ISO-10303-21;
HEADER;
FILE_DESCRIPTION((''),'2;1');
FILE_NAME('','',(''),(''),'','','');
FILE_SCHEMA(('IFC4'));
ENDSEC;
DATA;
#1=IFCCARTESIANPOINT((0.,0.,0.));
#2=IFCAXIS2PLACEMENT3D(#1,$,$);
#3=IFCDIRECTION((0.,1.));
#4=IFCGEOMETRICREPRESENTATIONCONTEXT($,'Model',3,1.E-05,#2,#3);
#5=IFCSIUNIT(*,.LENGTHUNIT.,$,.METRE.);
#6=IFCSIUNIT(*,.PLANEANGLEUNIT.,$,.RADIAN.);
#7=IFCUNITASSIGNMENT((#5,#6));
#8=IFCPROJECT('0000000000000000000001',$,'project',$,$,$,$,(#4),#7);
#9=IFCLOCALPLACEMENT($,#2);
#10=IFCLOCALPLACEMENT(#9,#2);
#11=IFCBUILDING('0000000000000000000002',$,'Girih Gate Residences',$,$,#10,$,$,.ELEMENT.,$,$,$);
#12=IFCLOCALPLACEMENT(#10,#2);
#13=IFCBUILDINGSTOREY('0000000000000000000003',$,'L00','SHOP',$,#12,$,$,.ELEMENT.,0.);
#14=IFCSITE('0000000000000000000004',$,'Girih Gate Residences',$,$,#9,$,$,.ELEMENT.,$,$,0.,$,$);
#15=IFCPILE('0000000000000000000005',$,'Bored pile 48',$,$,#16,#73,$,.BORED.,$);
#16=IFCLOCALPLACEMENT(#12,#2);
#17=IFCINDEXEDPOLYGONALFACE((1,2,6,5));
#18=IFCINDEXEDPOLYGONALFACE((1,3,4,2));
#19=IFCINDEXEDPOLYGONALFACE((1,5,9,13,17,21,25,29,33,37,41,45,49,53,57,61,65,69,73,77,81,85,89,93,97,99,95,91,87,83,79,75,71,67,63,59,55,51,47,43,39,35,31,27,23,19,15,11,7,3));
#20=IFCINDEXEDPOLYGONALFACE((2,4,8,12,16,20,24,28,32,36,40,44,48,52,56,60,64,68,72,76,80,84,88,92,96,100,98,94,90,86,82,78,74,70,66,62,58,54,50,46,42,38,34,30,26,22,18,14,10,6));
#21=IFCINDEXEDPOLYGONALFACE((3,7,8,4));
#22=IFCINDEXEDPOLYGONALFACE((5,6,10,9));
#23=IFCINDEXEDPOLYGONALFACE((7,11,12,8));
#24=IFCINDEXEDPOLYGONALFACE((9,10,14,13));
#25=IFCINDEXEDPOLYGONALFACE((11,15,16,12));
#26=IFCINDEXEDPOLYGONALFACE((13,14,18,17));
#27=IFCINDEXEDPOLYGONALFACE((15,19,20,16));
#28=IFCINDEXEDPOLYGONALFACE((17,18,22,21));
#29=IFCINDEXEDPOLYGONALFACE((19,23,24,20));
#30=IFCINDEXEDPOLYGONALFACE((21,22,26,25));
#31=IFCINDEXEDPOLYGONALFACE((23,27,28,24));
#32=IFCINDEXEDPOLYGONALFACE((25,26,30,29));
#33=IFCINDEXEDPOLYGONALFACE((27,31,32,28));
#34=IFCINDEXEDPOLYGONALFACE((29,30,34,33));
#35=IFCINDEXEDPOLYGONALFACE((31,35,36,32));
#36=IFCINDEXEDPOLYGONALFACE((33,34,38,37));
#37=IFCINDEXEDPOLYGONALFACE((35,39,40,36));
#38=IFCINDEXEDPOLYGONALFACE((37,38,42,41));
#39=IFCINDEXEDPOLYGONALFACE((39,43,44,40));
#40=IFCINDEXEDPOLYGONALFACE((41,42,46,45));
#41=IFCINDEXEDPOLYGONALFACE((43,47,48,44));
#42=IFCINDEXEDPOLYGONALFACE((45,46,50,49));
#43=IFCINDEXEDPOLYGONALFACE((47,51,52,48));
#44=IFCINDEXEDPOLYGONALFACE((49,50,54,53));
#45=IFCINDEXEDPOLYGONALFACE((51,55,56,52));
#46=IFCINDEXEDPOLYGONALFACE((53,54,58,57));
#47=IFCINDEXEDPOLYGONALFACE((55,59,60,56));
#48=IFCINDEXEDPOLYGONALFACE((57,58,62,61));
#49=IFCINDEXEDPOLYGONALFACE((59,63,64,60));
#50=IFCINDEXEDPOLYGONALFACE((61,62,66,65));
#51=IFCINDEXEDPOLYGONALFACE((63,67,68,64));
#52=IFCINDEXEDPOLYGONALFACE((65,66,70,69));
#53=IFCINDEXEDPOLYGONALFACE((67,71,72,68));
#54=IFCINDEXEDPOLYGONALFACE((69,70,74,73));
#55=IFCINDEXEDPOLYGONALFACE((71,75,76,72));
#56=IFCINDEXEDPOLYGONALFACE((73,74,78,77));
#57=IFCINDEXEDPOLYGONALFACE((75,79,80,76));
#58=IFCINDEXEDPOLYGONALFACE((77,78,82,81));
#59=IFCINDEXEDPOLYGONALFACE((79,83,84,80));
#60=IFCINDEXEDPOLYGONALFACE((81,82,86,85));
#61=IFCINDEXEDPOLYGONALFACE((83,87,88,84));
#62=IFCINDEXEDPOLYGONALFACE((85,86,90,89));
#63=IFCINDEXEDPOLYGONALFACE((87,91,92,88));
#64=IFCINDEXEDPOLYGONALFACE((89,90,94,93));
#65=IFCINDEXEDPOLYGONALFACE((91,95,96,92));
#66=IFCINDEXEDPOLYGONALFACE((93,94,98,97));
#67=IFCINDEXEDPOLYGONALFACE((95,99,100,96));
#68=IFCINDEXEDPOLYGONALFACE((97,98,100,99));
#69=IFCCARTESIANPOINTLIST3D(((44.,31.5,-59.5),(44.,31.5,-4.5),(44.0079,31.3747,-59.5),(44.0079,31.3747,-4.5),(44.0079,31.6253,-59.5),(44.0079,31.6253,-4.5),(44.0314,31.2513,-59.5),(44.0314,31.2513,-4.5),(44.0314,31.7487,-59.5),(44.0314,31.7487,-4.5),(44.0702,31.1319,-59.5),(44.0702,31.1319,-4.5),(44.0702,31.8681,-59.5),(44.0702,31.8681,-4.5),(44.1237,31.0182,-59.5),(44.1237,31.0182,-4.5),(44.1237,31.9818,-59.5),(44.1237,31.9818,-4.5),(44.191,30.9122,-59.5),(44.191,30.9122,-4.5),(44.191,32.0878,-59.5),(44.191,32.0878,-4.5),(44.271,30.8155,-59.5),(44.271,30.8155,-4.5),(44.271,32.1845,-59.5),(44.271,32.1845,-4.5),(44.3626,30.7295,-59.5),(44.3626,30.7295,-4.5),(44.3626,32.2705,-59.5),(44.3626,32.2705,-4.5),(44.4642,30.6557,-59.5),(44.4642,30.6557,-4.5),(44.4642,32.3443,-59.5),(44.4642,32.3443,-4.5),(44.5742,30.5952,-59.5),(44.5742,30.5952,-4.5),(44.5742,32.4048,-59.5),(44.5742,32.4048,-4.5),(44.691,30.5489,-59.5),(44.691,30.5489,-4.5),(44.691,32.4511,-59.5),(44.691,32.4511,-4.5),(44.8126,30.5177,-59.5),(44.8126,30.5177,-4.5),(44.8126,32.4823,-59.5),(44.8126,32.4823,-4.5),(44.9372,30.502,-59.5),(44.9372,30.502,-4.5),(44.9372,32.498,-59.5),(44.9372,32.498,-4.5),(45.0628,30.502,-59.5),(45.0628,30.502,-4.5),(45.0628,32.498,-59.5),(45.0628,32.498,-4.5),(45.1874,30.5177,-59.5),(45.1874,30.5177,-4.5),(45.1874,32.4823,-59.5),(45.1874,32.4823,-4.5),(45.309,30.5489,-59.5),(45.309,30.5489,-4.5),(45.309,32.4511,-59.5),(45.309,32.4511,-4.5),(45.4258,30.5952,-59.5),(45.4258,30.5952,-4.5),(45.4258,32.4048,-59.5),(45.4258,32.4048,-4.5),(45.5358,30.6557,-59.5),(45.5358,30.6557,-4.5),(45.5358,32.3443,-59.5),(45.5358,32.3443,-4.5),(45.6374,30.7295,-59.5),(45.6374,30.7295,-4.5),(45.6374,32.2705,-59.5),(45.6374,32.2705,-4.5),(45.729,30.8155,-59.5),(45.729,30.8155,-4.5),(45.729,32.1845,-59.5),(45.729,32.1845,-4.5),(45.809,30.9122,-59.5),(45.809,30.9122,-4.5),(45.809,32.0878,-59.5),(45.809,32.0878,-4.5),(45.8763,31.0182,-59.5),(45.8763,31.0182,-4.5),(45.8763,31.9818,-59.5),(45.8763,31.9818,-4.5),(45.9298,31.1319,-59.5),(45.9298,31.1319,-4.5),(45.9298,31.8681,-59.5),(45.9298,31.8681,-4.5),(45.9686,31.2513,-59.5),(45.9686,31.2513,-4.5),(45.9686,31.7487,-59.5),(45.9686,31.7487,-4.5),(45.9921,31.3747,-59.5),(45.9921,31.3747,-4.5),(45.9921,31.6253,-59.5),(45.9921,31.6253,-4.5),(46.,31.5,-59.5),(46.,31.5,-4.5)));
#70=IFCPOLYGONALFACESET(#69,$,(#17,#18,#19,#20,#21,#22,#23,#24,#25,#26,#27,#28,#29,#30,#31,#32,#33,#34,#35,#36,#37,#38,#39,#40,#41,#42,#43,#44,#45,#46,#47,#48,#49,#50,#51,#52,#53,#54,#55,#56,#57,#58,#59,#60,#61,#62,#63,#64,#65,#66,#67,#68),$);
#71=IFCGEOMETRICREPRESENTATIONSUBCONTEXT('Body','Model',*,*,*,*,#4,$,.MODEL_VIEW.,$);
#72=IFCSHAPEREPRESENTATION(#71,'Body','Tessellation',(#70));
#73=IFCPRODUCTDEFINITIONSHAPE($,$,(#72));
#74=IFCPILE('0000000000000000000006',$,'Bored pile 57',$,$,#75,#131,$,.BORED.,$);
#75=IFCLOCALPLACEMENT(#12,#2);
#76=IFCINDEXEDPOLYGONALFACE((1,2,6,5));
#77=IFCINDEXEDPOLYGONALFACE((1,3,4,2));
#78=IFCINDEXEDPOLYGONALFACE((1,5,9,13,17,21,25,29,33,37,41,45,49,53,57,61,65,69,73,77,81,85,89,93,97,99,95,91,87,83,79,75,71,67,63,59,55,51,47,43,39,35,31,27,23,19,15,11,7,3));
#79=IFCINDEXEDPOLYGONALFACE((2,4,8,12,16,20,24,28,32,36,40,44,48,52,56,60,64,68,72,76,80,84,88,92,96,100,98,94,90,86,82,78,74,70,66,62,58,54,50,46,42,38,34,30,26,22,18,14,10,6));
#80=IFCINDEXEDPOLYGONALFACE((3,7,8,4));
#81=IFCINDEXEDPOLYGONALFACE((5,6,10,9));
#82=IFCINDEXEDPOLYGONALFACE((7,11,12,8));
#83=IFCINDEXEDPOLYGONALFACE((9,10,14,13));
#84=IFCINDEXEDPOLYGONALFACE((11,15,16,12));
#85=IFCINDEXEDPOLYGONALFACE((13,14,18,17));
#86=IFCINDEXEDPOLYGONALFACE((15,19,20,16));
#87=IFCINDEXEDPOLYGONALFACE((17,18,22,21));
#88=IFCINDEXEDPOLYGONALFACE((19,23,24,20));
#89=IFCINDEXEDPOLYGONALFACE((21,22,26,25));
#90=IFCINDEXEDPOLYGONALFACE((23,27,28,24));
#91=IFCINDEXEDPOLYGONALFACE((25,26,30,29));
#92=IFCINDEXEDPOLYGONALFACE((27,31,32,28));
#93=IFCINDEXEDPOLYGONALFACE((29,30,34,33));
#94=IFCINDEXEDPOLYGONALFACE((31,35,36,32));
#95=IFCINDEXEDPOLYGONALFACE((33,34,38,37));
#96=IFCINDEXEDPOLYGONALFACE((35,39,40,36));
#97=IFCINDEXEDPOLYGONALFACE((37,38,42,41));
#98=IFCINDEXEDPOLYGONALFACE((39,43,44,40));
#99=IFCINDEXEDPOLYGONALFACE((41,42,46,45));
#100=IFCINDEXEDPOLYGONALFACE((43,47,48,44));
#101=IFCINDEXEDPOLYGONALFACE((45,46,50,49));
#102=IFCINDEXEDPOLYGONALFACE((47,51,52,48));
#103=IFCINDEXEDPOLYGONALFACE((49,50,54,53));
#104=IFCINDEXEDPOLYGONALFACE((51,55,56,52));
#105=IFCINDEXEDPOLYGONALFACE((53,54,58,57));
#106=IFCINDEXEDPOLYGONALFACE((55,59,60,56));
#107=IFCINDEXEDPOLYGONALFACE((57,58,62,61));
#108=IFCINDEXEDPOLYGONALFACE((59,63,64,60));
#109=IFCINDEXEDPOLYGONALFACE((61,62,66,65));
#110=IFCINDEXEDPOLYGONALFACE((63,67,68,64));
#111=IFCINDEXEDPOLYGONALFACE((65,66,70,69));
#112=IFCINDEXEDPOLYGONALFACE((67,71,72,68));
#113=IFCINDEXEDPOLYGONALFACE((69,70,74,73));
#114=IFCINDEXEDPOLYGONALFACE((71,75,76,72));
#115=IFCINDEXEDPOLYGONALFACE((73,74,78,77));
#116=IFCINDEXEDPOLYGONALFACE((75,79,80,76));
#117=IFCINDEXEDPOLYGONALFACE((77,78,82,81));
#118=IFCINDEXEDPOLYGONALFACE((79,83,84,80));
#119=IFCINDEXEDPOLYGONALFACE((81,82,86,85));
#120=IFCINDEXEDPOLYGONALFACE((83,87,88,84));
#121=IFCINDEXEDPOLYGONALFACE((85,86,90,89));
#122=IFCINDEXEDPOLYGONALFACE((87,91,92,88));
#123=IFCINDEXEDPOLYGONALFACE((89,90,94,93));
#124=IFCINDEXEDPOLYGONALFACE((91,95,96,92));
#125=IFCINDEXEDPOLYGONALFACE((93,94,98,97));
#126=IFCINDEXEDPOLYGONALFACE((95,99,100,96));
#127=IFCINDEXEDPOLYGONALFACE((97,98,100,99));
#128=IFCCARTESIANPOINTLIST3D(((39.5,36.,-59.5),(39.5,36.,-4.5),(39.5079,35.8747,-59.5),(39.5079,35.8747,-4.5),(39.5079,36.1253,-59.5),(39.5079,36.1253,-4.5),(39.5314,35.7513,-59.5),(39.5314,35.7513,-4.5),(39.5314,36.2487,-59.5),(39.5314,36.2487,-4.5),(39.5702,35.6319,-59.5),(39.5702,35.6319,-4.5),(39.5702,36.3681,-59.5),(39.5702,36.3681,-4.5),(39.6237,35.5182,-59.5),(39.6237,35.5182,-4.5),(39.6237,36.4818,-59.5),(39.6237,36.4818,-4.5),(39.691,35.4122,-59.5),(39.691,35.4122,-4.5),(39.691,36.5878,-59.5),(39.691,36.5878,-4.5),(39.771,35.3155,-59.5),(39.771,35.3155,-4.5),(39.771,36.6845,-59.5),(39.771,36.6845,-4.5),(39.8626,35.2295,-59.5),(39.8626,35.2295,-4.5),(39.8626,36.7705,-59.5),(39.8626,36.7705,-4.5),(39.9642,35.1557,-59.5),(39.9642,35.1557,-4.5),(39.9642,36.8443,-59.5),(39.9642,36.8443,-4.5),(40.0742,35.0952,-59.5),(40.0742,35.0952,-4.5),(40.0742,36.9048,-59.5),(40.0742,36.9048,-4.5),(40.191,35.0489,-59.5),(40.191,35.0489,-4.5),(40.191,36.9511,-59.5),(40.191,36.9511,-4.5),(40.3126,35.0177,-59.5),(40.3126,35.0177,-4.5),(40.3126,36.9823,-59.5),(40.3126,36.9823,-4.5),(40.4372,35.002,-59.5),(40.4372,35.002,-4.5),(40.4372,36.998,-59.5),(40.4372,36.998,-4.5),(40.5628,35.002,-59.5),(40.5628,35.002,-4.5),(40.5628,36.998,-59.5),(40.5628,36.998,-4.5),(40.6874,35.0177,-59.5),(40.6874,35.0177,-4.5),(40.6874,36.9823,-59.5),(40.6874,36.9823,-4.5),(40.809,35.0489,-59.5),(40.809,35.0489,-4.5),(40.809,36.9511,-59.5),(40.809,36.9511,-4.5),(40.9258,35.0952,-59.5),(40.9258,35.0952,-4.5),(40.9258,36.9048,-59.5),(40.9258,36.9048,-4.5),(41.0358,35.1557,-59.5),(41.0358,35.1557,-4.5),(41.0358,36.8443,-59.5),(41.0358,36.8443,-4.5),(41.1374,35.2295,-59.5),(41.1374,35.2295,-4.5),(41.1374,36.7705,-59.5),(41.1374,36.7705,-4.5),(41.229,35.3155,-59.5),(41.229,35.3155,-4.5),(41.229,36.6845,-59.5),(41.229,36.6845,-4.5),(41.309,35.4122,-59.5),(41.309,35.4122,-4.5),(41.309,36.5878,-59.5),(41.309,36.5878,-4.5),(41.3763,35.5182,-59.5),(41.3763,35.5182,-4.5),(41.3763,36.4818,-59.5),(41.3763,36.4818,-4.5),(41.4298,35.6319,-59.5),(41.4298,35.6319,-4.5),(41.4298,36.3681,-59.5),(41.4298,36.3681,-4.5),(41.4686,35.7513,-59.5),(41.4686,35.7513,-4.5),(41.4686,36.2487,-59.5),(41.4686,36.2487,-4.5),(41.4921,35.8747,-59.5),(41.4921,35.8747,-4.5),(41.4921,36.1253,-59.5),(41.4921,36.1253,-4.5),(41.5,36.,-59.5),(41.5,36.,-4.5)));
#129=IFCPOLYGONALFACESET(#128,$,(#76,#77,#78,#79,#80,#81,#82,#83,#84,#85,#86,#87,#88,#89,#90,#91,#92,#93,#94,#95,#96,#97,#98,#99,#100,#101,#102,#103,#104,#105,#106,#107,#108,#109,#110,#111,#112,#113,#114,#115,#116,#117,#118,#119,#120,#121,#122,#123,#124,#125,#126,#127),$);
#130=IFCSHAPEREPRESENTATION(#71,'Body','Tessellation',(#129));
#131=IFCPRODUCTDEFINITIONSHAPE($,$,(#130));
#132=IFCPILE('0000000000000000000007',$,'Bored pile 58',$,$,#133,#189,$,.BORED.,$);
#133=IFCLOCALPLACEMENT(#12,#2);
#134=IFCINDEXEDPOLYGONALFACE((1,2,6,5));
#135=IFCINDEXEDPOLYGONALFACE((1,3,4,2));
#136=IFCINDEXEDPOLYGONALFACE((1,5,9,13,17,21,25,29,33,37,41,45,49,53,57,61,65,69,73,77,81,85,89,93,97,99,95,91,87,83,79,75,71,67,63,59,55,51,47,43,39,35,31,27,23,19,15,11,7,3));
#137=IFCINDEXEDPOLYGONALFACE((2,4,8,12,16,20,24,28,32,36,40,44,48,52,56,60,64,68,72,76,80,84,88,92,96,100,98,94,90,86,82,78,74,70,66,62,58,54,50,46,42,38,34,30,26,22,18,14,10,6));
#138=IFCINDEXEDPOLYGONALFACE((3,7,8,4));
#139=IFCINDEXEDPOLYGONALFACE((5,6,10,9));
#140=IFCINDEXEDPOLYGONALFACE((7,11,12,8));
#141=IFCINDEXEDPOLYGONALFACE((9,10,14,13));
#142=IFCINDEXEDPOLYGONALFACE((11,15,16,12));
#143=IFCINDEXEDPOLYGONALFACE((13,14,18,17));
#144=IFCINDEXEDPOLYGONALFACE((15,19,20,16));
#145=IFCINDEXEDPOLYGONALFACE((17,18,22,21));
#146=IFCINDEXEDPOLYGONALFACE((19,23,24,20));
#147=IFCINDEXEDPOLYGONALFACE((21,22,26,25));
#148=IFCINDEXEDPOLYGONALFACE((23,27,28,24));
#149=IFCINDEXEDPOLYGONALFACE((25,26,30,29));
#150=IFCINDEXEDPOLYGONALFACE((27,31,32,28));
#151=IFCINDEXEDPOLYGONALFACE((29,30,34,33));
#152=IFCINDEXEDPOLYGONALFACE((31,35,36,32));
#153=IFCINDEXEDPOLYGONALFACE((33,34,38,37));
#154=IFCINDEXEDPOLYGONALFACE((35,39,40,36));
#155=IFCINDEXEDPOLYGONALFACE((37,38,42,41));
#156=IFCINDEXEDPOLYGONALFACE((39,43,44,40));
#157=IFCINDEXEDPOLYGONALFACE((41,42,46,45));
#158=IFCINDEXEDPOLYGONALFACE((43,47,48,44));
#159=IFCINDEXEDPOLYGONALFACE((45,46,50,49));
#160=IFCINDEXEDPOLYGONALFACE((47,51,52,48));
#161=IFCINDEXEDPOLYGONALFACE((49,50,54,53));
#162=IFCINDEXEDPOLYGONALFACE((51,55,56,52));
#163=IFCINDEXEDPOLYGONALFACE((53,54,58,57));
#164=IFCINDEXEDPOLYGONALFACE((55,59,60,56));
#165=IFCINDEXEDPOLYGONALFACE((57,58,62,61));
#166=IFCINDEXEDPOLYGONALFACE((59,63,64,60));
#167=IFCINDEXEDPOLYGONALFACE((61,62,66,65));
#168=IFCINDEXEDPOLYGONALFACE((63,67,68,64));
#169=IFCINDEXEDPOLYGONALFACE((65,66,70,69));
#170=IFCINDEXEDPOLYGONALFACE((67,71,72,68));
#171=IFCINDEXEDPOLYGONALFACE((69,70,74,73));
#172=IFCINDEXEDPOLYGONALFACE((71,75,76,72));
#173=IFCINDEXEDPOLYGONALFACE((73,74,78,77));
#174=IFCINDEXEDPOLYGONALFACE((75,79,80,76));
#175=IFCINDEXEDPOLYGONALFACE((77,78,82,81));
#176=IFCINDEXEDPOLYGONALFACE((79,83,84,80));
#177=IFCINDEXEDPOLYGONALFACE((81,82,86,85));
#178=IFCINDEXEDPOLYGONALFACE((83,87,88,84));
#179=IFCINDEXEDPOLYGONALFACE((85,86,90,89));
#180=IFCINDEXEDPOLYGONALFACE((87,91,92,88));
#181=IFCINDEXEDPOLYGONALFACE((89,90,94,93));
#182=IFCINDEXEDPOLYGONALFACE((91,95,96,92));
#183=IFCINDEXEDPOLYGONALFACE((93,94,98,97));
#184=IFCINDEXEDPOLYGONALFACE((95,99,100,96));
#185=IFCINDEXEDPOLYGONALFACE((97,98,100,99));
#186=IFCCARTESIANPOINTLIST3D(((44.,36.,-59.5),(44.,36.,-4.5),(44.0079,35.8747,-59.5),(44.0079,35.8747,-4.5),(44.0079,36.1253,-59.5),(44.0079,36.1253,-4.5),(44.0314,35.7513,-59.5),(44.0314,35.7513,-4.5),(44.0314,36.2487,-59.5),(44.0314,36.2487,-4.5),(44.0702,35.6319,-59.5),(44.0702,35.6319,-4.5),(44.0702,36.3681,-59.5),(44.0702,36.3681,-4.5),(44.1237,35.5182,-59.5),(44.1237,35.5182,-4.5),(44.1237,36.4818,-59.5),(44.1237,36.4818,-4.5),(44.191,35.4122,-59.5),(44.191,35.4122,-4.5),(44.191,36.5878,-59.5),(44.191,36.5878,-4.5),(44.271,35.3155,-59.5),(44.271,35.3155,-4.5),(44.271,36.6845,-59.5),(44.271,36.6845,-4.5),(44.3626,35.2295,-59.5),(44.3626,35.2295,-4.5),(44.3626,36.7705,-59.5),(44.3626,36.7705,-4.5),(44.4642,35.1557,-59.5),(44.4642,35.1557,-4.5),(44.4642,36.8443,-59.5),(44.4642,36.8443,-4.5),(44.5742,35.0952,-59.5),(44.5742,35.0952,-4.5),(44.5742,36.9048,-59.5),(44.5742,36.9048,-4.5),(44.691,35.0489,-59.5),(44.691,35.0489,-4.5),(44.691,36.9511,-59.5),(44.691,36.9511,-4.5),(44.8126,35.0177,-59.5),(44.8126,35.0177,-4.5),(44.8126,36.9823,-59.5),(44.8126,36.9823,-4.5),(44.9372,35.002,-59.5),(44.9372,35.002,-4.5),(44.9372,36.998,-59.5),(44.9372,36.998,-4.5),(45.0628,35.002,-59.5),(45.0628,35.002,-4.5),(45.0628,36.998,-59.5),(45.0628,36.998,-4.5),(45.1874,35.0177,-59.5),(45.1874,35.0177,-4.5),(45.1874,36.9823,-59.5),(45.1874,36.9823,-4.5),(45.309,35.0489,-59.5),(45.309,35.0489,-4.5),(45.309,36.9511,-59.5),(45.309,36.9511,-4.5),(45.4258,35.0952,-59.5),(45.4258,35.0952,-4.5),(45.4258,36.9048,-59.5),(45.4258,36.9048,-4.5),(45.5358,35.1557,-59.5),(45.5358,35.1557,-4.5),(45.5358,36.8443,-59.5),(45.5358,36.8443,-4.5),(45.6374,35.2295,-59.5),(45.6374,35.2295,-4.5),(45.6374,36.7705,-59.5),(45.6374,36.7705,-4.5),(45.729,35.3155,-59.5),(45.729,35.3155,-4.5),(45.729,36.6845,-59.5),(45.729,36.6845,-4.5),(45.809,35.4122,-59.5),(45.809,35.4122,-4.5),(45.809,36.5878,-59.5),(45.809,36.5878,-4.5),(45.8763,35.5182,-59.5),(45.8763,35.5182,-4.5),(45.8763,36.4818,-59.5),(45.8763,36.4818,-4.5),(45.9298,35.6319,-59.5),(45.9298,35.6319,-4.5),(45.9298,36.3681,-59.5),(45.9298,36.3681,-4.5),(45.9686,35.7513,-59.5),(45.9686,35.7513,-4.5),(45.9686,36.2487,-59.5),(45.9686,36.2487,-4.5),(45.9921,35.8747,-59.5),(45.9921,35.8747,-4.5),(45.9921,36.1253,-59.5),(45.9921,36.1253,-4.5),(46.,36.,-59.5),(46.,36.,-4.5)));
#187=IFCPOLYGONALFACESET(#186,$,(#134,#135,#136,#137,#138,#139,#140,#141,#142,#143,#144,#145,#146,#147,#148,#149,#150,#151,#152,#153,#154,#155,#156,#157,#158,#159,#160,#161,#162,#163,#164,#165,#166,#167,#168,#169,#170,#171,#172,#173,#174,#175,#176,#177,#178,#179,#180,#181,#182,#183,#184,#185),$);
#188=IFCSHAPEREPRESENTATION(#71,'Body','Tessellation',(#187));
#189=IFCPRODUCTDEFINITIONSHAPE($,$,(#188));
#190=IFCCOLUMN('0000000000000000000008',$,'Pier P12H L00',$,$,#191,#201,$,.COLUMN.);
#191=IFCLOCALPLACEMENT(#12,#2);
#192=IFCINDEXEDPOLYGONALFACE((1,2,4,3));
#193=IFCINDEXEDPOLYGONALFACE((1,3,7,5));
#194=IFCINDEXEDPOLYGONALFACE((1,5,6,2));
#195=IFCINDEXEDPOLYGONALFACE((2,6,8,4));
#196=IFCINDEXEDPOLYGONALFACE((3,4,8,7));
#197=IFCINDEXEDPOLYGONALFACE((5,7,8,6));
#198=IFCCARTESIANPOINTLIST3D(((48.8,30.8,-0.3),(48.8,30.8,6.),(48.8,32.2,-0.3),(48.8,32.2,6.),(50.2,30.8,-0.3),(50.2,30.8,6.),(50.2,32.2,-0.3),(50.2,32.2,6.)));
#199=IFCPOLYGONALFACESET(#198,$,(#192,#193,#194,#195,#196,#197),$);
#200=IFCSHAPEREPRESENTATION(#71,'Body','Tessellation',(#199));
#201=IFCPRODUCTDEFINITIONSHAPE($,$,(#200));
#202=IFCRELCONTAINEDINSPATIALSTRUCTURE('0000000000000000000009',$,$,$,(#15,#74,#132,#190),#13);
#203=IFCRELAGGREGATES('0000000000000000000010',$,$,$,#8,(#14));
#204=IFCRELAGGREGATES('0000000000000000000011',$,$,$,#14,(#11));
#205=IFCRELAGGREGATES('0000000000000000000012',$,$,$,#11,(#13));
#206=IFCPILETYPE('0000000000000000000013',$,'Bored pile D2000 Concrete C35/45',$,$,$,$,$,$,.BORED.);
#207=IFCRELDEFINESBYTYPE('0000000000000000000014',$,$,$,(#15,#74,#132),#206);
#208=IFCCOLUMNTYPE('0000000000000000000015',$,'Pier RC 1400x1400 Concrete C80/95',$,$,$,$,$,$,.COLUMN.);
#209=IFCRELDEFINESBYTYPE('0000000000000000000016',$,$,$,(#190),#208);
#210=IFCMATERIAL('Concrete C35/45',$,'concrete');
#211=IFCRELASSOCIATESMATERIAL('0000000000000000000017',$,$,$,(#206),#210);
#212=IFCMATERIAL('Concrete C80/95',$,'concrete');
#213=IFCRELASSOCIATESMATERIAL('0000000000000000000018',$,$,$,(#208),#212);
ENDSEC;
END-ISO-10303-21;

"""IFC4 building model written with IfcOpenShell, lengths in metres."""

from ifc_helpers import new_model, si_unit, direction, frame, origin, origin_2d, place, context, subcontext, project, spatial, rectangle, circle, extrude, material, material_profile, profile_set, type_object, element, save


model = new_model("IFC4")

# Units and contexts
model_context = context("Model", 3, precision=1e-05, world=origin(), true_north=direction((0.0, 1.0)))
body_context = subcontext(model_context, "Body", "Model", "MODEL_VIEW")
ifc_project = project(units=[si_unit("LENGTHUNIT", "METRE"), si_unit("PLANEANGLEUNIT", "RADIAN")], contexts=[model_context])

# Site, building, storey
site_placement = place(None, origin())
site = spatial("IfcSite", under=ifc_project, at=site_placement, Name="Girih Gate Residences", CompositionType="ELEMENT", RefElevation=0.0)
building_placement = place(site_placement, origin())
building = spatial("IfcBuilding", under=site, at=building_placement, Name="Girih Gate Residences", CompositionType="ELEMENT")
storey_placement = place(building_placement, origin())
storey = spatial("IfcBuildingStorey", under=building, at=storey_placement, Name="L00", Description="SHOP", CompositionType="ELEMENT", Elevation=0.0)

# Piles
ifc_material_1 = material(Name="Concrete C35/45", Category="concrete")
ifc_material_profile_1 = material_profile(ifc_material_1, circle(Radius=1.0, at=origin_2d()))
ifc_profile_set_1 = profile_set([ifc_material_profile_1], Name="Concrete C35/45")
pile_type_1 = type_object("IfcPileType", Name="Bored pile D2000 Concrete C35/45", PredefinedType="BORED", material=ifc_profile_set_1)
for number, where, z_axis, x_axis, name in (
    (1, (45.0, 31.5, -4.5), (0.0, 0.0, -1.0), (1.0, 0.0, 0.0), "Bored pile 48"),
    (2, (40.5, 36.0, -4.5), (0.0, 0.0, -1.0), (1.0, 0.0, 0.0), "Bored pile 57"),
    (3, (45.0, 36.0, -4.5), (0.0, 0.0, -1.0), (1.0, 0.0, 0.0), "Bored pile 58"),
):
    element("IfcPile", number, at=place(storey_placement, frame(where, z_axis=z_axis, x_axis=x_axis)), inside=storey, type_object=pile_type_1, Name=name, PredefinedType="BORED", context=body_context, shape_type="SweptSolid", body=[
        extrude(circle(Radius=1.0, at=origin_2d()), origin(), (0.0, 0.0, 1.0), 55.0),
    ])

# Column
ifc_material_2 = material(Name="Concrete C80/95", Category="concrete")
ifc_material_profile_2 = material_profile(ifc_material_2, rectangle(XDim=1.3999, YDim=1.3999, at=origin_2d()))
ifc_profile_set_2 = profile_set([ifc_material_profile_2], Name="Concrete C80/95")
column_type = type_object("IfcColumnType", Name="Pier RC 1400x1400 Concrete C80/95", PredefinedType="COLUMN", material=ifc_profile_set_2)
for number, where, z_axis, x_axis, name in (
    (4, (49.5, 31.5, -0.3), (0.0, 0.0, 1.0), (1.0, 0.0, 0.0), "Pier P12H L00"),
):
    element("IfcColumn", number, at=place(storey_placement, frame(where, z_axis=z_axis, x_axis=x_axis)), inside=storey, type_object=column_type, Name=name, PredefinedType="COLUMN", context=body_context, shape_type="SweptSolid", body=[
        extrude(rectangle(XDim=1.3999, YDim=1.3999, at=origin_2d()), origin(), (0.0, 0.0, 1.0), 6.3),
    ])

save(model, "model.ifc")
